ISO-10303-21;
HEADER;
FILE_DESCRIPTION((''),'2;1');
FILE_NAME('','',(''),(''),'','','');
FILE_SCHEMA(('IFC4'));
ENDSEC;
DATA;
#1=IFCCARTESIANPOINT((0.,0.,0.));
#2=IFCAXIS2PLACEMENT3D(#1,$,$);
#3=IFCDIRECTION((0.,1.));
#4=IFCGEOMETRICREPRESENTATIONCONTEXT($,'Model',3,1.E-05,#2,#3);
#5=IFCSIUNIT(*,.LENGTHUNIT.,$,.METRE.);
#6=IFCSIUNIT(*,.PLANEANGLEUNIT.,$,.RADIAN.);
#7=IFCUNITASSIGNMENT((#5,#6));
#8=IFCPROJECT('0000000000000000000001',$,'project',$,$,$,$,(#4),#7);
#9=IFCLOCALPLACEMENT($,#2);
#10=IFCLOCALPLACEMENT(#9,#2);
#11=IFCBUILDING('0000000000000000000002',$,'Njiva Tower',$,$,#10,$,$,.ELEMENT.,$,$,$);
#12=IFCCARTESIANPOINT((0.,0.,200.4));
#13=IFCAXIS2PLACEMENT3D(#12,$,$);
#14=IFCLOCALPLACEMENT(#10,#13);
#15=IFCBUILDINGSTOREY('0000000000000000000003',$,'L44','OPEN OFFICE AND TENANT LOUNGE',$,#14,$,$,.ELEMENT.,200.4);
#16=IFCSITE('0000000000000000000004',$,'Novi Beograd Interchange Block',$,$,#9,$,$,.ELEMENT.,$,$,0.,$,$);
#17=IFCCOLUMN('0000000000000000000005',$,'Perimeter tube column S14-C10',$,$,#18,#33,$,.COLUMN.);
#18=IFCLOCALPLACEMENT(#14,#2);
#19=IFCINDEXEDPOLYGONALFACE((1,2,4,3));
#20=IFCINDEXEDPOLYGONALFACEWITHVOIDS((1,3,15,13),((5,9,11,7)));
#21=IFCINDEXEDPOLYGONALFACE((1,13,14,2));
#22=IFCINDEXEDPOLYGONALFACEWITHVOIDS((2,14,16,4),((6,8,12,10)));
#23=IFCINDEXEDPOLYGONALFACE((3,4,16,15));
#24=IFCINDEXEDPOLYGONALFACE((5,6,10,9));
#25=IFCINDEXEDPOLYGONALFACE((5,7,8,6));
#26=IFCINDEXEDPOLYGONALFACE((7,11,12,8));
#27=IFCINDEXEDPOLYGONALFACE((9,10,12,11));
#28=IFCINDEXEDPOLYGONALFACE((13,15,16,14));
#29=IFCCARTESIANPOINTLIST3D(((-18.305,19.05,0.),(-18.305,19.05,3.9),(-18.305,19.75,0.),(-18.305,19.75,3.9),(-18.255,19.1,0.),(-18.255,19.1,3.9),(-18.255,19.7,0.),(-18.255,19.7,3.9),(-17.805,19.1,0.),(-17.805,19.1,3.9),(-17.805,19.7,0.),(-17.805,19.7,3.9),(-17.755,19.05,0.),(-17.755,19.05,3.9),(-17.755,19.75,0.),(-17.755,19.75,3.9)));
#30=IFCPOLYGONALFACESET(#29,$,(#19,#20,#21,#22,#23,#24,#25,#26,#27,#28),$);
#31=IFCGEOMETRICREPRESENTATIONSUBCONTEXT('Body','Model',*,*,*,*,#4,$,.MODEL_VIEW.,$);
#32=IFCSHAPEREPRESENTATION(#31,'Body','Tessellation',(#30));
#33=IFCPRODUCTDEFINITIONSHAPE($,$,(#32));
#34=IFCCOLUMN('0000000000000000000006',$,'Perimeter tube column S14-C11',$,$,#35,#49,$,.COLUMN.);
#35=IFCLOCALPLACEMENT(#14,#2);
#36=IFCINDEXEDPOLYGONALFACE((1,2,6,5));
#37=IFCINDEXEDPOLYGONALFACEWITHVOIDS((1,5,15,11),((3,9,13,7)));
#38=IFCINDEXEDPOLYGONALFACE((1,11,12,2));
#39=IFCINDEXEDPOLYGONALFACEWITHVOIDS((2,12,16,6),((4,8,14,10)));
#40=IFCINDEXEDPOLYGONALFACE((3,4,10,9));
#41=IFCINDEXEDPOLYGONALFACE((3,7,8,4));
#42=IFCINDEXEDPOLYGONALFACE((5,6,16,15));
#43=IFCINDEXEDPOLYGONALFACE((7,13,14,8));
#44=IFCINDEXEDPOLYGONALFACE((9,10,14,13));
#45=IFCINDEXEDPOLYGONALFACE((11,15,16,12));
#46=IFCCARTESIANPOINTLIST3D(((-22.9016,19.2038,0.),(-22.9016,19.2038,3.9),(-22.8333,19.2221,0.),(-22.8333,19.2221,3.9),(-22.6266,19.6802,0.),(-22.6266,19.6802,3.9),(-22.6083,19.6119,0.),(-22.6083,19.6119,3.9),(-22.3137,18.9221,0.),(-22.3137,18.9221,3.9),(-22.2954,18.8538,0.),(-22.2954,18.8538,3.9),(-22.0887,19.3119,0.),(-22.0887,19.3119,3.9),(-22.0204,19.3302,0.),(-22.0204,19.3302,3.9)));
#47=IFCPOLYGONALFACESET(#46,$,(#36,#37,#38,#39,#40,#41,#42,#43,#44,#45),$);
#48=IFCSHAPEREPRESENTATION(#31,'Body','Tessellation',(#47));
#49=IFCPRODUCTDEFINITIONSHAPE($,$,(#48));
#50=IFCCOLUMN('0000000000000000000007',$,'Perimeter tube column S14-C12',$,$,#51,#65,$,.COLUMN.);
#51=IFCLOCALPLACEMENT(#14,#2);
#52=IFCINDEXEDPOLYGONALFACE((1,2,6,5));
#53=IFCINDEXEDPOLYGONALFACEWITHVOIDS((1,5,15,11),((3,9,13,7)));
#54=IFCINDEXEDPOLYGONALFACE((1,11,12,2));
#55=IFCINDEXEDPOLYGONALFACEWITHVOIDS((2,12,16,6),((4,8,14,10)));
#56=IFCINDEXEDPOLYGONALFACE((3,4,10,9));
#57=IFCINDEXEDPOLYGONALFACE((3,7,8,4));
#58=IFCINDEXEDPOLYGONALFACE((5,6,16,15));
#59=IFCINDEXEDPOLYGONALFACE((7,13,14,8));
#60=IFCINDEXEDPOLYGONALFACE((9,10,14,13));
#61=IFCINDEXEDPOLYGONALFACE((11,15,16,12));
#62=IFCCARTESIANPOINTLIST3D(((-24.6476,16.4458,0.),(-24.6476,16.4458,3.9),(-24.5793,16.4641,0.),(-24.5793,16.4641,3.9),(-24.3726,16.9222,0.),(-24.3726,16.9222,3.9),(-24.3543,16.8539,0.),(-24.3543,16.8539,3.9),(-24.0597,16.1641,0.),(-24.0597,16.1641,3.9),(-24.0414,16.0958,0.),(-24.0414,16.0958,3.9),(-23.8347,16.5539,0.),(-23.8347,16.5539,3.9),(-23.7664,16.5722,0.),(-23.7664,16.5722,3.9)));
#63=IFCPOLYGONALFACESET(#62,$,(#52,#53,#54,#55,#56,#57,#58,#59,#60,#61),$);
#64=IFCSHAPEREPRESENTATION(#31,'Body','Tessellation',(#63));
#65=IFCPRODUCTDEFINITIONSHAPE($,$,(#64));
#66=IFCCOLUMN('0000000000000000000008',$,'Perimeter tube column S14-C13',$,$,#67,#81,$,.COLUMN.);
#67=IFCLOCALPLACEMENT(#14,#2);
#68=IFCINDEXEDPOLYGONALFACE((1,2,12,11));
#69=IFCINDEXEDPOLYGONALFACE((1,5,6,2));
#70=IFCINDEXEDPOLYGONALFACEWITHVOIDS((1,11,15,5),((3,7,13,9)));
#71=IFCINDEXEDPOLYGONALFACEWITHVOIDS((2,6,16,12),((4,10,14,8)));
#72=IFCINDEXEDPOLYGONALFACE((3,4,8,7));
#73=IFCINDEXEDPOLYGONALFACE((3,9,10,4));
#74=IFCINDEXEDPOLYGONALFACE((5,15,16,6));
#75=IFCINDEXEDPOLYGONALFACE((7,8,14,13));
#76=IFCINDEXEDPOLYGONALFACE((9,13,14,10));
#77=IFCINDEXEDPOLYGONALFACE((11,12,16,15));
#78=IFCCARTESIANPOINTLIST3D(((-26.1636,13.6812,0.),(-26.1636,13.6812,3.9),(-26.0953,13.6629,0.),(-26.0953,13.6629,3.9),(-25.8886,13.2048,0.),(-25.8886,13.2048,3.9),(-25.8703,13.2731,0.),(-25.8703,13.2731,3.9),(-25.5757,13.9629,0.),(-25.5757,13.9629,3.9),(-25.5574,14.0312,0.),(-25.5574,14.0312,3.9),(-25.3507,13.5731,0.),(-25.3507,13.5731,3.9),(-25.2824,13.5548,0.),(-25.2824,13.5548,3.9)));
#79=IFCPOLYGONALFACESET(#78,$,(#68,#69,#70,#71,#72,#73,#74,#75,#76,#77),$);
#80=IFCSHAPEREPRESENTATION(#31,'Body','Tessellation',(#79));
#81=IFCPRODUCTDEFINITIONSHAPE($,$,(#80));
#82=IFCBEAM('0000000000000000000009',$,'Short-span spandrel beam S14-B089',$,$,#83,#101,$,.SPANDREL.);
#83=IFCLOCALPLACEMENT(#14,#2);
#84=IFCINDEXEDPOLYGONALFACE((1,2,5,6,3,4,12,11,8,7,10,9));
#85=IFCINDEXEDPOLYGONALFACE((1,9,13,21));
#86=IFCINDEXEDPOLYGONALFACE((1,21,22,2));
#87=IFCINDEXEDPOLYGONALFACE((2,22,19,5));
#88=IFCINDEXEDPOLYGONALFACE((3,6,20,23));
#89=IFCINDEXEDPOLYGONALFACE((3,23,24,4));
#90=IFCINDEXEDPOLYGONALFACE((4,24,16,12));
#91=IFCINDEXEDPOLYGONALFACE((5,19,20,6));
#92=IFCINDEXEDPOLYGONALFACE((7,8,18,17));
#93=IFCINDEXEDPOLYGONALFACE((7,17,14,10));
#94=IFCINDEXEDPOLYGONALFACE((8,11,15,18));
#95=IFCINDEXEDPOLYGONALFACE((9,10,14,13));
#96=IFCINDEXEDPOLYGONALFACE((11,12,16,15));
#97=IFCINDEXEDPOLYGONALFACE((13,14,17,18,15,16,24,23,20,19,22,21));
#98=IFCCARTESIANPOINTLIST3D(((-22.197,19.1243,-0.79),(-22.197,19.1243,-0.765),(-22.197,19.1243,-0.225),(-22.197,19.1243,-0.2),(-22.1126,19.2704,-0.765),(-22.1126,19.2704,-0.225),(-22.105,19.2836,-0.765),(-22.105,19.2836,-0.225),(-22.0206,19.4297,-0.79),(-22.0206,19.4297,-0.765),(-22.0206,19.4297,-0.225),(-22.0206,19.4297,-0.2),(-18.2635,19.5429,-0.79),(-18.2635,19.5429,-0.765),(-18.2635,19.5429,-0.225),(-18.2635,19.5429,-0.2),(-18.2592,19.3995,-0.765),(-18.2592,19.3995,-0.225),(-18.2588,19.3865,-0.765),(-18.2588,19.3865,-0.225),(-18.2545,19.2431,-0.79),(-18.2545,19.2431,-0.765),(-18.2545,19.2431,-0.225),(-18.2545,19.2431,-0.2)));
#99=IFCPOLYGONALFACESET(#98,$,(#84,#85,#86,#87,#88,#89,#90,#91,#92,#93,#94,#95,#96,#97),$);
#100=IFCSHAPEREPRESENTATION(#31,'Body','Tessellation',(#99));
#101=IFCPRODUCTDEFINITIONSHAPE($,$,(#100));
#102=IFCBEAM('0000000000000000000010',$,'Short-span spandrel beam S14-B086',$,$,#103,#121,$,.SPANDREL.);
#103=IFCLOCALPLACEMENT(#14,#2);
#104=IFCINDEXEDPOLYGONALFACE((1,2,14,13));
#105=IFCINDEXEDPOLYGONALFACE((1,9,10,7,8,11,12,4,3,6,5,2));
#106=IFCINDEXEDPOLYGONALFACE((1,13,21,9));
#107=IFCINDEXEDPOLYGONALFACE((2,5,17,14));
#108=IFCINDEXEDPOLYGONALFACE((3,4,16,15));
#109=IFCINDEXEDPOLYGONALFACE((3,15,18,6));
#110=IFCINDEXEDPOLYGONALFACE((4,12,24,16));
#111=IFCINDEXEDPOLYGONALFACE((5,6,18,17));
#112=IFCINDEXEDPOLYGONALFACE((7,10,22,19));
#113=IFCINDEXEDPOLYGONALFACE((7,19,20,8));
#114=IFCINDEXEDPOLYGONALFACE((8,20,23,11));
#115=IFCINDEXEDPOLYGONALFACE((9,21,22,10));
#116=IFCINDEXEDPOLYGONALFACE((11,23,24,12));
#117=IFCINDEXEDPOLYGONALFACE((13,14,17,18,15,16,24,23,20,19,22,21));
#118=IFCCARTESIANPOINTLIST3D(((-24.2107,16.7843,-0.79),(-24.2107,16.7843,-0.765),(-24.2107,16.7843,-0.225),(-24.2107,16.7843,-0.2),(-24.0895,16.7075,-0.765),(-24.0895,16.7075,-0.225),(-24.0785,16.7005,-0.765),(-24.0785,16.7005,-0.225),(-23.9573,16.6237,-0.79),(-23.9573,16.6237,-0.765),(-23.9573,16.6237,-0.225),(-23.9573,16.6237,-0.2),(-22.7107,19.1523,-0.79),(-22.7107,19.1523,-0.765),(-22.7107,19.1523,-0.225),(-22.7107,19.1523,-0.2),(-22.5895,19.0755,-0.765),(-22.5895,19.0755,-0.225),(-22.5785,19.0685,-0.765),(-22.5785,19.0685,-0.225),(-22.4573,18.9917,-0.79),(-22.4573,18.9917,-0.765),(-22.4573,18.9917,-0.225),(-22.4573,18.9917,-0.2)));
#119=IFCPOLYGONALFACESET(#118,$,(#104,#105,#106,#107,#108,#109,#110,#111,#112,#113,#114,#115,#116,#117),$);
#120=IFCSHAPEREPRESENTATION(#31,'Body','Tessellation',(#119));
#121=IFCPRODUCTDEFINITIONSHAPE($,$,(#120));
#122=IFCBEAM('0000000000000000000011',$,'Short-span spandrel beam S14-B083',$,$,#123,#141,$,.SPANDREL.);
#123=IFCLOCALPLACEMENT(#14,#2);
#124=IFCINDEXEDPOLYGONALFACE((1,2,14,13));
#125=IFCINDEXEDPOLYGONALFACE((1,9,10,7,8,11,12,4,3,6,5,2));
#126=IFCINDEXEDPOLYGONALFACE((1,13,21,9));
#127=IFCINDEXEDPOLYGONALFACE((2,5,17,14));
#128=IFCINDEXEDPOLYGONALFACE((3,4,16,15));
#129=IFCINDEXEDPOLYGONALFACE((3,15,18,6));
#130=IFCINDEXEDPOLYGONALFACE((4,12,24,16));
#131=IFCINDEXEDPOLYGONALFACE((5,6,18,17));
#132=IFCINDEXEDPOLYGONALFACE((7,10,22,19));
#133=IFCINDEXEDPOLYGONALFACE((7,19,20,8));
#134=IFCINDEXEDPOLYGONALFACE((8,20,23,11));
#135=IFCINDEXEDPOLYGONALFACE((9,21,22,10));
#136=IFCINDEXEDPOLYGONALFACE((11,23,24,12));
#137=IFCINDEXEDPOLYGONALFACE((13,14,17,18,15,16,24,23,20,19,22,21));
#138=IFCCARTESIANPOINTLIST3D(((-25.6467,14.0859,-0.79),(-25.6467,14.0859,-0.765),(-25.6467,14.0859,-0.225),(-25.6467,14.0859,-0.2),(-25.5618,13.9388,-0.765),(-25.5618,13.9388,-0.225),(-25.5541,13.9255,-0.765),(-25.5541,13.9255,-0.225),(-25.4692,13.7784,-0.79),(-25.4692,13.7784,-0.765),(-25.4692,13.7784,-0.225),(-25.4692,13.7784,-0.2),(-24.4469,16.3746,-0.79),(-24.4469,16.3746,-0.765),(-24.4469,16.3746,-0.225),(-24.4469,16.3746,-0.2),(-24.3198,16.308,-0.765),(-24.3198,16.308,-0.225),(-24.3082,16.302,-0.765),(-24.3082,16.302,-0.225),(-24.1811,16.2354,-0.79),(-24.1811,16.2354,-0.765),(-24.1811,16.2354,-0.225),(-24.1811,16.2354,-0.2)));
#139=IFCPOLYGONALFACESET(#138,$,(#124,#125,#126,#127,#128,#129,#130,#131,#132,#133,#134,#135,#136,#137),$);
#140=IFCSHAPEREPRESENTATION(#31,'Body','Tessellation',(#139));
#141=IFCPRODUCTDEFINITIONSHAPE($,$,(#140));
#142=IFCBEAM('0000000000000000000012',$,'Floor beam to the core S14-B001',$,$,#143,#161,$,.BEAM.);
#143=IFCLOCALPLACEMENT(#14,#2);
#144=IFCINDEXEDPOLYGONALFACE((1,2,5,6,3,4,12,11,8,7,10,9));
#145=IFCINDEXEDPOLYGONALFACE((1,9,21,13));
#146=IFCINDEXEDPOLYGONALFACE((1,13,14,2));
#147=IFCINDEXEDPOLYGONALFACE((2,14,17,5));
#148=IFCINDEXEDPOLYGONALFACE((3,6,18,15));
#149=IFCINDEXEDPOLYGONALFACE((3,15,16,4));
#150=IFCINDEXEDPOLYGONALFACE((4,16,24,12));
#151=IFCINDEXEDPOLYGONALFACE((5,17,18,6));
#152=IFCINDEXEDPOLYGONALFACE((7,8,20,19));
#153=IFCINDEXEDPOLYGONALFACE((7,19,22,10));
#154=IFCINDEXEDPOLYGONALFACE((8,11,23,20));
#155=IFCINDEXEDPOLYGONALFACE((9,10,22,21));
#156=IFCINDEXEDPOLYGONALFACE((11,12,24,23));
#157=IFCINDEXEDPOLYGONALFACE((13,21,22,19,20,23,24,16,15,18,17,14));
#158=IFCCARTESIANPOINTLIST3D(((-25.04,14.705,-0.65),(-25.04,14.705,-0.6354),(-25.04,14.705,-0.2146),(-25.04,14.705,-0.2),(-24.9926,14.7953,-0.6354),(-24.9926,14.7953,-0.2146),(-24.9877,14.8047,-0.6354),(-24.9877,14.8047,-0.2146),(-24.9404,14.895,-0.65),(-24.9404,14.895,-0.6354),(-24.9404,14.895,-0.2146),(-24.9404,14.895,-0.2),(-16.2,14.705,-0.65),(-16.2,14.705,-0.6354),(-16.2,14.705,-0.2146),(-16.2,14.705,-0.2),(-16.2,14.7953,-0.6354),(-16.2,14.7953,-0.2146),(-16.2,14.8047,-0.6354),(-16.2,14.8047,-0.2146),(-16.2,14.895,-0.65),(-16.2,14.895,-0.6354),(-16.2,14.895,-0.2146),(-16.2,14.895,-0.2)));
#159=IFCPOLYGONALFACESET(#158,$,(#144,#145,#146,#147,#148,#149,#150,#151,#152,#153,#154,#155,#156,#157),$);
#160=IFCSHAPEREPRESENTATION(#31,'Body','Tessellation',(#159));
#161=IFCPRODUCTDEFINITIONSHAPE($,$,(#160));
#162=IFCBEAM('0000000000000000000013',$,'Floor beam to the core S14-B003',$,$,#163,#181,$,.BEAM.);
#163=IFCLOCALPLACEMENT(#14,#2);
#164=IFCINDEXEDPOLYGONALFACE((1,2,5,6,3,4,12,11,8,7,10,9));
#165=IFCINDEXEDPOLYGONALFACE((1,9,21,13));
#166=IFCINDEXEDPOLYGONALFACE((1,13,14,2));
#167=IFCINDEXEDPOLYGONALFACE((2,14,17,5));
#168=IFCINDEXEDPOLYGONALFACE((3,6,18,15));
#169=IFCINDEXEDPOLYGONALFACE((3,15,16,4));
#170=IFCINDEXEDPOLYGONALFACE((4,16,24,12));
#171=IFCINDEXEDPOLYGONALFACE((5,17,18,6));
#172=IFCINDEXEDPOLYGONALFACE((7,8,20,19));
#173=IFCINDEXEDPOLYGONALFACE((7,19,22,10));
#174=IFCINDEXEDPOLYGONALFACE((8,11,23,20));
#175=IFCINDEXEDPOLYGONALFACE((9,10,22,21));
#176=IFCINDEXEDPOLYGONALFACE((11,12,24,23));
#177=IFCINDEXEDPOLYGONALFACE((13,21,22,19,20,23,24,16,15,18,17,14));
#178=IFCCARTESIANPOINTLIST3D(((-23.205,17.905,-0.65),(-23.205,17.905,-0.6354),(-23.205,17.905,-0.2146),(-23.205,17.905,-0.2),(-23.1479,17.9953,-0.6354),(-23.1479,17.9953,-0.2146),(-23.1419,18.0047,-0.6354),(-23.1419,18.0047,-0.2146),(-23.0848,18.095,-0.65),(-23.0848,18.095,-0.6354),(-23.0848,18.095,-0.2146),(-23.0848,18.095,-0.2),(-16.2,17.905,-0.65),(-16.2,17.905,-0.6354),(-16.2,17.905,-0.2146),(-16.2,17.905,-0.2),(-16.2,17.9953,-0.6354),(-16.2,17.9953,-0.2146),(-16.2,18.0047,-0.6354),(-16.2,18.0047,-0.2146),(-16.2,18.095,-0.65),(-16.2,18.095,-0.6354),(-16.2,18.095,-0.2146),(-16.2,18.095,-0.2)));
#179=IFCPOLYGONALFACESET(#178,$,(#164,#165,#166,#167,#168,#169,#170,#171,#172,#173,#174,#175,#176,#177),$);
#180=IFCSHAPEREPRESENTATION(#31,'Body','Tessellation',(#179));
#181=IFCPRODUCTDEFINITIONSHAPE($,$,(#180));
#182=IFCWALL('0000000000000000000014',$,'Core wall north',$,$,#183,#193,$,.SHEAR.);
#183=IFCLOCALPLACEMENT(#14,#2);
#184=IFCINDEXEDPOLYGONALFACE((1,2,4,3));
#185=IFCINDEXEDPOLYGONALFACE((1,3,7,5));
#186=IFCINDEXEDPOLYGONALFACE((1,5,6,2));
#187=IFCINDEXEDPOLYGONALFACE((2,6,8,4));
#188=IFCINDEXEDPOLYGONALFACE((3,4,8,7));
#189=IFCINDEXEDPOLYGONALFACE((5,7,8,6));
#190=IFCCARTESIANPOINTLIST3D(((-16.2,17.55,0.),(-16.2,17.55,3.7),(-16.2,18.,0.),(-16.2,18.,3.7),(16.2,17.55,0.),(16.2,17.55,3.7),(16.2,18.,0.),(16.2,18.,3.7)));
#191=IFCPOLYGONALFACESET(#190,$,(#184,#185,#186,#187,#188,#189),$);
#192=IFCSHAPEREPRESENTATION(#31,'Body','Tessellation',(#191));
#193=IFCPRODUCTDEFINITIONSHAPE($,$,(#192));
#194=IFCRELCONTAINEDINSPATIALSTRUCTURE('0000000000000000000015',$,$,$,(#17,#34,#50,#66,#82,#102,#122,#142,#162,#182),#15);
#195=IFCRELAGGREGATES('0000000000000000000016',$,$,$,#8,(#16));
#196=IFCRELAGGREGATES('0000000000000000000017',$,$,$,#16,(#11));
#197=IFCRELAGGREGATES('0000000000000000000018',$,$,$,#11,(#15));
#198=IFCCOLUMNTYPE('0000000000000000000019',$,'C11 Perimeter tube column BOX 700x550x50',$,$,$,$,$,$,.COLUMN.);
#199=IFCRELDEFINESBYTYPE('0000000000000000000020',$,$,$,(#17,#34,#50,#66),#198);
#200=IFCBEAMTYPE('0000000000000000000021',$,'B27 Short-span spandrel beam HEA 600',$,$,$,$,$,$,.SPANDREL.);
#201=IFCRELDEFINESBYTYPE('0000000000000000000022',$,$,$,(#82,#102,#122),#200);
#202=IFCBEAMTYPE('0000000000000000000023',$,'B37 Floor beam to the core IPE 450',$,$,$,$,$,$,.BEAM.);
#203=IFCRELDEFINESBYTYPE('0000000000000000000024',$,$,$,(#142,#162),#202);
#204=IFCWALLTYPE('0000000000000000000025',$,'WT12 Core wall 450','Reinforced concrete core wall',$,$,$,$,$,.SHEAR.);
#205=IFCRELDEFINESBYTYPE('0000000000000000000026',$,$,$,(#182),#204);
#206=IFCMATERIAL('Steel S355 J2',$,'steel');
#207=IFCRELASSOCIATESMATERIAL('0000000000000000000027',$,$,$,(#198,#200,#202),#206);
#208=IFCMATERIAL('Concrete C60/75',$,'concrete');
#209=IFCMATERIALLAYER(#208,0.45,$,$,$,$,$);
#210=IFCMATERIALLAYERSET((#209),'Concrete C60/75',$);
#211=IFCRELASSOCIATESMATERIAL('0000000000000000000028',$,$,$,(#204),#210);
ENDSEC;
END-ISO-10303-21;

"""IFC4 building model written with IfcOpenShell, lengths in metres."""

from ifc_helpers import new_model, si_unit, direction, frame, frame_2d, origin, origin_2d, place, context, subcontext, project, spatial, rectangle, hollow_rectangle, i_section, extrude, clip, halfspace, material, layer, layer_set, material_profile, profile_set, type_object, element, save


model = new_model("IFC4")

# Units and contexts
model_context = context("Model", 3, precision=1e-05, world=origin(), true_north=direction((0.0, 1.0)))
body_context = subcontext(model_context, "Body", "Model", "MODEL_VIEW")
ifc_project = project(units=[si_unit("LENGTHUNIT", "METRE"), si_unit("PLANEANGLEUNIT", "RADIAN")], contexts=[model_context])

# Site, building, storey
site_placement = place(None, origin())
site = spatial("IfcSite", under=ifc_project, at=site_placement, Name="Novi Beograd Interchange Block", CompositionType="ELEMENT", RefElevation=0.0)
building_placement = place(site_placement, origin())
building = spatial("IfcBuilding", under=site, at=building_placement, Name="Njiva Tower", CompositionType="ELEMENT")
storey_placement = place(building_placement, frame((0.0, 0.0, 200.4)))
storey = spatial("IfcBuildingStorey", under=building, at=storey_placement, Name="L44", Description="OPEN OFFICE AND TENANT LOUNGE", CompositionType="ELEMENT", Elevation=200.4)

# Columns
ifc_material_1 = material(Name="Steel S355 J2", Category="steel")
ifc_material_profile_1 = material_profile(ifc_material_1, hollow_rectangle(XDim=0.55, YDim=0.7, WallThickness=0.05, at=origin_2d()), Name="BOX 700x550x50")
ifc_profile_set_1 = profile_set([ifc_material_profile_1], Name="Steel S355 J2")
column_type = type_object("IfcColumnType", Name="C11 Perimeter tube column BOX 700x550x50", PredefinedType="COLUMN", material=ifc_profile_set_1)
for number, where, z_axis, x_axis, name in (
    (1, (-18.03, 19.4, 0.0), (0.0, 0.0, 1.0), (-1.0, 0.0, 0.0), "Perimeter tube column S14-C10"),
    (2, (-22.461, 19.267, 0.0), (0.0, 0.0, 1.0), (-0.5, -0.866025, 0.0), "Perimeter tube column S14-C11"),
    (3, (-24.207, 16.509, 0.0), (0.0, 0.0, 1.0), (-0.5, -0.866025, 0.0), "Perimeter tube column S14-C12"),
    (4, (-25.723, 13.618, 0.0), (0.0, 0.0, 1.0), (0.5, -0.866025, 0.0), "Perimeter tube column S14-C13"),
):
    element("IfcColumn", number, at=place(storey_placement, frame(where, z_axis=z_axis, x_axis=x_axis)), inside=storey, type_object=column_type, Name=name, PredefinedType="COLUMN", context=body_context, shape_type="SweptSolid", body=[
        extrude(hollow_rectangle(XDim=0.55, YDim=0.7, WallThickness=0.05, at=origin_2d()), origin(), (0.0, 0.0, 1.0), 3.9),
    ])

# Beams
ifc_material_profile_2 = material_profile(ifc_material_1, i_section(OverallWidth=0.3, OverallDepth=0.59, WebThickness=0.013, FlangeThickness=0.025, at=origin_2d()), Name="HEA 600")
ifc_profile_set_2 = profile_set([ifc_material_profile_2], Name="Steel S355 J2")
beam_type_1 = type_object("IfcBeamType", Name="B27 Short-span spandrel beam HEA 600", PredefinedType="SPANDREL", material=ifc_profile_set_2)
beam_1_placement = place(storey_placement, frame((-18.259, 19.393, -0.495), z_axis=(-0.999546, -0.030116, 0.0), x_axis=(0.030116, -0.999546, 0.0)))
element("IfcBeam", 5, at=beam_1_placement, inside=storey, type_object=beam_type_1, Name="Short-span spandrel beam S14-B089", PredefinedType="SPANDREL", context=body_context, shape_type="Clipping", body=[
    clip(extrude(i_section(OverallWidth=0.3, OverallDepth=0.59, WebThickness=0.013, FlangeThickness=0.025, at=origin_2d()), origin(), (0.0, 0.0, 1.0), 3.9647), halfspace(frame((-0.0268, 0.0, 3.835), z_axis=(-0.525853, 0.0, 0.850576), x_axis=(0.0, 1.0, 0.0)), False)),
])
beam_2_placement = place(storey_placement, frame((-22.584, 19.072, -0.495), z_axis=(-0.53512, -0.844776, 0.0), x_axis=(0.844776, -0.53512, 0.0)))
element("IfcBeam", 6, at=beam_2_placement, inside=storey, type_object=beam_type_1, Name="Short-span spandrel beam S14-B086", PredefinedType="SPANDREL", context=body_context, shape_type="SweptSolid", body=[
    extrude(i_section(OverallWidth=0.3, OverallDepth=0.59, WebThickness=0.013, FlangeThickness=0.025, at=origin_2d()), origin(), (0.0, 0.0, 1.0), 2.8031),
])
beam_3_placement = place(storey_placement, frame((-24.314, 16.305, -0.495), z_axis=(-0.4643, -0.885678, 0.0), x_axis=(0.885678, -0.4643, 0.0)))
element("IfcBeam", 7, at=beam_3_placement, inside=storey, type_object=beam_type_1, Name="Short-span spandrel beam S14-B083", PredefinedType="SPANDREL", context=body_context, shape_type="Clipping", body=[
    clip(extrude(i_section(OverallWidth=0.3, OverallDepth=0.59, WebThickness=0.013, FlangeThickness=0.025, at=origin_2d()), origin(), (0.0, 0.0, 1.0), 2.7943), halfspace(frame((-0.0268, 0.0, 2.6622), z_axis=(-0.534872, 0.0, 0.844933), x_axis=(0.0, 1.0, 0.0)), False)),
])
ifc_material_profile_3 = material_profile(ifc_material_1, i_section(OverallWidth=0.19, OverallDepth=0.45, WebThickness=0.0094, FlangeThickness=0.0146, at=origin_2d()), Name="IPE 450")
ifc_profile_set_3 = profile_set([ifc_material_profile_3], Name="Steel S355 J2")
beam_type_2 = type_object("IfcBeamType", Name="B37 Floor beam to the core IPE 450", PredefinedType="BEAM", material=ifc_profile_set_3)
beam_4_placement = place(storey_placement, frame((-25.06, 14.8, -0.425), z_axis=(1.0, 0.0, 0.0), x_axis=(0.0, 1.0, 0.0)))
element("IfcBeam", 8, at=beam_4_placement, inside=storey, type_object=beam_type_2, Name="Floor beam to the core S14-B001", PredefinedType="BEAM", context=body_context, shape_type="Clipping", body=[
    clip(extrude(i_section(OverallWidth=0.19, OverallDepth=0.45, WebThickness=0.0094, FlangeThickness=0.0146, at=origin_2d()), origin(), (0.0, 0.0, 1.0), 8.86), halfspace(frame((0.0232, 0.0, 0.082), z_axis=(0.464267, 0.0, -0.885695), x_axis=(0.0, -1.0, 0.0)), False)),
])
beam_5_placement = place(storey_placement, frame((-23.225, 18.0, -0.425), z_axis=(1.0, 0.0, 0.0), x_axis=(0.0, 1.0, 0.0)))
element("IfcBeam", 9, at=beam_5_placement, inside=storey, type_object=beam_type_2, Name="Floor beam to the core S14-B003", PredefinedType="BEAM", context=body_context, shape_type="Clipping", body=[
    clip(extrude(i_section(OverallWidth=0.19, OverallDepth=0.45, WebThickness=0.0094, FlangeThickness=0.0146, at=origin_2d()), origin(), (0.0, 0.0, 1.0), 7.025), halfspace(frame((0.0267, 0.0, 0.097), z_axis=(0.534902, 0.0, -0.844914), x_axis=(0.0, -1.0, 0.0)), False)),
])

# Wall
ifc_material_2 = material(Name="Concrete C60/75", Category="concrete")
ifc_layer_1 = layer(ifc_material_2, 0.45)
ifc_layer_set_1 = layer_set([ifc_layer_1], Name="Concrete C60/75")
wall_type_1 = type_object("IfcWallType", Name="WT12 Core wall 450", Description="Reinforced concrete core wall", PredefinedType="SHEAR", material=ifc_layer_set_1)
wall_1_placement = place(storey_placement, frame((-16.2, 17.775, 0.0), z_axis=(0.0, 0.0, 1.0), x_axis=(1.0, 0.0, 0.0)))
element("IfcWall", 10, at=wall_1_placement, inside=storey, type_object=wall_type_1, Name="Core wall north", PredefinedType="SHEAR", context=body_context, shape_type="SweptSolid", body=[
    extrude(rectangle(XDim=32.4, YDim=0.45, at=frame_2d((16.2, 0.0))), origin(), (0.0, 0.0, 1.0), 3.7),
])

save(model, "model.ifc")
